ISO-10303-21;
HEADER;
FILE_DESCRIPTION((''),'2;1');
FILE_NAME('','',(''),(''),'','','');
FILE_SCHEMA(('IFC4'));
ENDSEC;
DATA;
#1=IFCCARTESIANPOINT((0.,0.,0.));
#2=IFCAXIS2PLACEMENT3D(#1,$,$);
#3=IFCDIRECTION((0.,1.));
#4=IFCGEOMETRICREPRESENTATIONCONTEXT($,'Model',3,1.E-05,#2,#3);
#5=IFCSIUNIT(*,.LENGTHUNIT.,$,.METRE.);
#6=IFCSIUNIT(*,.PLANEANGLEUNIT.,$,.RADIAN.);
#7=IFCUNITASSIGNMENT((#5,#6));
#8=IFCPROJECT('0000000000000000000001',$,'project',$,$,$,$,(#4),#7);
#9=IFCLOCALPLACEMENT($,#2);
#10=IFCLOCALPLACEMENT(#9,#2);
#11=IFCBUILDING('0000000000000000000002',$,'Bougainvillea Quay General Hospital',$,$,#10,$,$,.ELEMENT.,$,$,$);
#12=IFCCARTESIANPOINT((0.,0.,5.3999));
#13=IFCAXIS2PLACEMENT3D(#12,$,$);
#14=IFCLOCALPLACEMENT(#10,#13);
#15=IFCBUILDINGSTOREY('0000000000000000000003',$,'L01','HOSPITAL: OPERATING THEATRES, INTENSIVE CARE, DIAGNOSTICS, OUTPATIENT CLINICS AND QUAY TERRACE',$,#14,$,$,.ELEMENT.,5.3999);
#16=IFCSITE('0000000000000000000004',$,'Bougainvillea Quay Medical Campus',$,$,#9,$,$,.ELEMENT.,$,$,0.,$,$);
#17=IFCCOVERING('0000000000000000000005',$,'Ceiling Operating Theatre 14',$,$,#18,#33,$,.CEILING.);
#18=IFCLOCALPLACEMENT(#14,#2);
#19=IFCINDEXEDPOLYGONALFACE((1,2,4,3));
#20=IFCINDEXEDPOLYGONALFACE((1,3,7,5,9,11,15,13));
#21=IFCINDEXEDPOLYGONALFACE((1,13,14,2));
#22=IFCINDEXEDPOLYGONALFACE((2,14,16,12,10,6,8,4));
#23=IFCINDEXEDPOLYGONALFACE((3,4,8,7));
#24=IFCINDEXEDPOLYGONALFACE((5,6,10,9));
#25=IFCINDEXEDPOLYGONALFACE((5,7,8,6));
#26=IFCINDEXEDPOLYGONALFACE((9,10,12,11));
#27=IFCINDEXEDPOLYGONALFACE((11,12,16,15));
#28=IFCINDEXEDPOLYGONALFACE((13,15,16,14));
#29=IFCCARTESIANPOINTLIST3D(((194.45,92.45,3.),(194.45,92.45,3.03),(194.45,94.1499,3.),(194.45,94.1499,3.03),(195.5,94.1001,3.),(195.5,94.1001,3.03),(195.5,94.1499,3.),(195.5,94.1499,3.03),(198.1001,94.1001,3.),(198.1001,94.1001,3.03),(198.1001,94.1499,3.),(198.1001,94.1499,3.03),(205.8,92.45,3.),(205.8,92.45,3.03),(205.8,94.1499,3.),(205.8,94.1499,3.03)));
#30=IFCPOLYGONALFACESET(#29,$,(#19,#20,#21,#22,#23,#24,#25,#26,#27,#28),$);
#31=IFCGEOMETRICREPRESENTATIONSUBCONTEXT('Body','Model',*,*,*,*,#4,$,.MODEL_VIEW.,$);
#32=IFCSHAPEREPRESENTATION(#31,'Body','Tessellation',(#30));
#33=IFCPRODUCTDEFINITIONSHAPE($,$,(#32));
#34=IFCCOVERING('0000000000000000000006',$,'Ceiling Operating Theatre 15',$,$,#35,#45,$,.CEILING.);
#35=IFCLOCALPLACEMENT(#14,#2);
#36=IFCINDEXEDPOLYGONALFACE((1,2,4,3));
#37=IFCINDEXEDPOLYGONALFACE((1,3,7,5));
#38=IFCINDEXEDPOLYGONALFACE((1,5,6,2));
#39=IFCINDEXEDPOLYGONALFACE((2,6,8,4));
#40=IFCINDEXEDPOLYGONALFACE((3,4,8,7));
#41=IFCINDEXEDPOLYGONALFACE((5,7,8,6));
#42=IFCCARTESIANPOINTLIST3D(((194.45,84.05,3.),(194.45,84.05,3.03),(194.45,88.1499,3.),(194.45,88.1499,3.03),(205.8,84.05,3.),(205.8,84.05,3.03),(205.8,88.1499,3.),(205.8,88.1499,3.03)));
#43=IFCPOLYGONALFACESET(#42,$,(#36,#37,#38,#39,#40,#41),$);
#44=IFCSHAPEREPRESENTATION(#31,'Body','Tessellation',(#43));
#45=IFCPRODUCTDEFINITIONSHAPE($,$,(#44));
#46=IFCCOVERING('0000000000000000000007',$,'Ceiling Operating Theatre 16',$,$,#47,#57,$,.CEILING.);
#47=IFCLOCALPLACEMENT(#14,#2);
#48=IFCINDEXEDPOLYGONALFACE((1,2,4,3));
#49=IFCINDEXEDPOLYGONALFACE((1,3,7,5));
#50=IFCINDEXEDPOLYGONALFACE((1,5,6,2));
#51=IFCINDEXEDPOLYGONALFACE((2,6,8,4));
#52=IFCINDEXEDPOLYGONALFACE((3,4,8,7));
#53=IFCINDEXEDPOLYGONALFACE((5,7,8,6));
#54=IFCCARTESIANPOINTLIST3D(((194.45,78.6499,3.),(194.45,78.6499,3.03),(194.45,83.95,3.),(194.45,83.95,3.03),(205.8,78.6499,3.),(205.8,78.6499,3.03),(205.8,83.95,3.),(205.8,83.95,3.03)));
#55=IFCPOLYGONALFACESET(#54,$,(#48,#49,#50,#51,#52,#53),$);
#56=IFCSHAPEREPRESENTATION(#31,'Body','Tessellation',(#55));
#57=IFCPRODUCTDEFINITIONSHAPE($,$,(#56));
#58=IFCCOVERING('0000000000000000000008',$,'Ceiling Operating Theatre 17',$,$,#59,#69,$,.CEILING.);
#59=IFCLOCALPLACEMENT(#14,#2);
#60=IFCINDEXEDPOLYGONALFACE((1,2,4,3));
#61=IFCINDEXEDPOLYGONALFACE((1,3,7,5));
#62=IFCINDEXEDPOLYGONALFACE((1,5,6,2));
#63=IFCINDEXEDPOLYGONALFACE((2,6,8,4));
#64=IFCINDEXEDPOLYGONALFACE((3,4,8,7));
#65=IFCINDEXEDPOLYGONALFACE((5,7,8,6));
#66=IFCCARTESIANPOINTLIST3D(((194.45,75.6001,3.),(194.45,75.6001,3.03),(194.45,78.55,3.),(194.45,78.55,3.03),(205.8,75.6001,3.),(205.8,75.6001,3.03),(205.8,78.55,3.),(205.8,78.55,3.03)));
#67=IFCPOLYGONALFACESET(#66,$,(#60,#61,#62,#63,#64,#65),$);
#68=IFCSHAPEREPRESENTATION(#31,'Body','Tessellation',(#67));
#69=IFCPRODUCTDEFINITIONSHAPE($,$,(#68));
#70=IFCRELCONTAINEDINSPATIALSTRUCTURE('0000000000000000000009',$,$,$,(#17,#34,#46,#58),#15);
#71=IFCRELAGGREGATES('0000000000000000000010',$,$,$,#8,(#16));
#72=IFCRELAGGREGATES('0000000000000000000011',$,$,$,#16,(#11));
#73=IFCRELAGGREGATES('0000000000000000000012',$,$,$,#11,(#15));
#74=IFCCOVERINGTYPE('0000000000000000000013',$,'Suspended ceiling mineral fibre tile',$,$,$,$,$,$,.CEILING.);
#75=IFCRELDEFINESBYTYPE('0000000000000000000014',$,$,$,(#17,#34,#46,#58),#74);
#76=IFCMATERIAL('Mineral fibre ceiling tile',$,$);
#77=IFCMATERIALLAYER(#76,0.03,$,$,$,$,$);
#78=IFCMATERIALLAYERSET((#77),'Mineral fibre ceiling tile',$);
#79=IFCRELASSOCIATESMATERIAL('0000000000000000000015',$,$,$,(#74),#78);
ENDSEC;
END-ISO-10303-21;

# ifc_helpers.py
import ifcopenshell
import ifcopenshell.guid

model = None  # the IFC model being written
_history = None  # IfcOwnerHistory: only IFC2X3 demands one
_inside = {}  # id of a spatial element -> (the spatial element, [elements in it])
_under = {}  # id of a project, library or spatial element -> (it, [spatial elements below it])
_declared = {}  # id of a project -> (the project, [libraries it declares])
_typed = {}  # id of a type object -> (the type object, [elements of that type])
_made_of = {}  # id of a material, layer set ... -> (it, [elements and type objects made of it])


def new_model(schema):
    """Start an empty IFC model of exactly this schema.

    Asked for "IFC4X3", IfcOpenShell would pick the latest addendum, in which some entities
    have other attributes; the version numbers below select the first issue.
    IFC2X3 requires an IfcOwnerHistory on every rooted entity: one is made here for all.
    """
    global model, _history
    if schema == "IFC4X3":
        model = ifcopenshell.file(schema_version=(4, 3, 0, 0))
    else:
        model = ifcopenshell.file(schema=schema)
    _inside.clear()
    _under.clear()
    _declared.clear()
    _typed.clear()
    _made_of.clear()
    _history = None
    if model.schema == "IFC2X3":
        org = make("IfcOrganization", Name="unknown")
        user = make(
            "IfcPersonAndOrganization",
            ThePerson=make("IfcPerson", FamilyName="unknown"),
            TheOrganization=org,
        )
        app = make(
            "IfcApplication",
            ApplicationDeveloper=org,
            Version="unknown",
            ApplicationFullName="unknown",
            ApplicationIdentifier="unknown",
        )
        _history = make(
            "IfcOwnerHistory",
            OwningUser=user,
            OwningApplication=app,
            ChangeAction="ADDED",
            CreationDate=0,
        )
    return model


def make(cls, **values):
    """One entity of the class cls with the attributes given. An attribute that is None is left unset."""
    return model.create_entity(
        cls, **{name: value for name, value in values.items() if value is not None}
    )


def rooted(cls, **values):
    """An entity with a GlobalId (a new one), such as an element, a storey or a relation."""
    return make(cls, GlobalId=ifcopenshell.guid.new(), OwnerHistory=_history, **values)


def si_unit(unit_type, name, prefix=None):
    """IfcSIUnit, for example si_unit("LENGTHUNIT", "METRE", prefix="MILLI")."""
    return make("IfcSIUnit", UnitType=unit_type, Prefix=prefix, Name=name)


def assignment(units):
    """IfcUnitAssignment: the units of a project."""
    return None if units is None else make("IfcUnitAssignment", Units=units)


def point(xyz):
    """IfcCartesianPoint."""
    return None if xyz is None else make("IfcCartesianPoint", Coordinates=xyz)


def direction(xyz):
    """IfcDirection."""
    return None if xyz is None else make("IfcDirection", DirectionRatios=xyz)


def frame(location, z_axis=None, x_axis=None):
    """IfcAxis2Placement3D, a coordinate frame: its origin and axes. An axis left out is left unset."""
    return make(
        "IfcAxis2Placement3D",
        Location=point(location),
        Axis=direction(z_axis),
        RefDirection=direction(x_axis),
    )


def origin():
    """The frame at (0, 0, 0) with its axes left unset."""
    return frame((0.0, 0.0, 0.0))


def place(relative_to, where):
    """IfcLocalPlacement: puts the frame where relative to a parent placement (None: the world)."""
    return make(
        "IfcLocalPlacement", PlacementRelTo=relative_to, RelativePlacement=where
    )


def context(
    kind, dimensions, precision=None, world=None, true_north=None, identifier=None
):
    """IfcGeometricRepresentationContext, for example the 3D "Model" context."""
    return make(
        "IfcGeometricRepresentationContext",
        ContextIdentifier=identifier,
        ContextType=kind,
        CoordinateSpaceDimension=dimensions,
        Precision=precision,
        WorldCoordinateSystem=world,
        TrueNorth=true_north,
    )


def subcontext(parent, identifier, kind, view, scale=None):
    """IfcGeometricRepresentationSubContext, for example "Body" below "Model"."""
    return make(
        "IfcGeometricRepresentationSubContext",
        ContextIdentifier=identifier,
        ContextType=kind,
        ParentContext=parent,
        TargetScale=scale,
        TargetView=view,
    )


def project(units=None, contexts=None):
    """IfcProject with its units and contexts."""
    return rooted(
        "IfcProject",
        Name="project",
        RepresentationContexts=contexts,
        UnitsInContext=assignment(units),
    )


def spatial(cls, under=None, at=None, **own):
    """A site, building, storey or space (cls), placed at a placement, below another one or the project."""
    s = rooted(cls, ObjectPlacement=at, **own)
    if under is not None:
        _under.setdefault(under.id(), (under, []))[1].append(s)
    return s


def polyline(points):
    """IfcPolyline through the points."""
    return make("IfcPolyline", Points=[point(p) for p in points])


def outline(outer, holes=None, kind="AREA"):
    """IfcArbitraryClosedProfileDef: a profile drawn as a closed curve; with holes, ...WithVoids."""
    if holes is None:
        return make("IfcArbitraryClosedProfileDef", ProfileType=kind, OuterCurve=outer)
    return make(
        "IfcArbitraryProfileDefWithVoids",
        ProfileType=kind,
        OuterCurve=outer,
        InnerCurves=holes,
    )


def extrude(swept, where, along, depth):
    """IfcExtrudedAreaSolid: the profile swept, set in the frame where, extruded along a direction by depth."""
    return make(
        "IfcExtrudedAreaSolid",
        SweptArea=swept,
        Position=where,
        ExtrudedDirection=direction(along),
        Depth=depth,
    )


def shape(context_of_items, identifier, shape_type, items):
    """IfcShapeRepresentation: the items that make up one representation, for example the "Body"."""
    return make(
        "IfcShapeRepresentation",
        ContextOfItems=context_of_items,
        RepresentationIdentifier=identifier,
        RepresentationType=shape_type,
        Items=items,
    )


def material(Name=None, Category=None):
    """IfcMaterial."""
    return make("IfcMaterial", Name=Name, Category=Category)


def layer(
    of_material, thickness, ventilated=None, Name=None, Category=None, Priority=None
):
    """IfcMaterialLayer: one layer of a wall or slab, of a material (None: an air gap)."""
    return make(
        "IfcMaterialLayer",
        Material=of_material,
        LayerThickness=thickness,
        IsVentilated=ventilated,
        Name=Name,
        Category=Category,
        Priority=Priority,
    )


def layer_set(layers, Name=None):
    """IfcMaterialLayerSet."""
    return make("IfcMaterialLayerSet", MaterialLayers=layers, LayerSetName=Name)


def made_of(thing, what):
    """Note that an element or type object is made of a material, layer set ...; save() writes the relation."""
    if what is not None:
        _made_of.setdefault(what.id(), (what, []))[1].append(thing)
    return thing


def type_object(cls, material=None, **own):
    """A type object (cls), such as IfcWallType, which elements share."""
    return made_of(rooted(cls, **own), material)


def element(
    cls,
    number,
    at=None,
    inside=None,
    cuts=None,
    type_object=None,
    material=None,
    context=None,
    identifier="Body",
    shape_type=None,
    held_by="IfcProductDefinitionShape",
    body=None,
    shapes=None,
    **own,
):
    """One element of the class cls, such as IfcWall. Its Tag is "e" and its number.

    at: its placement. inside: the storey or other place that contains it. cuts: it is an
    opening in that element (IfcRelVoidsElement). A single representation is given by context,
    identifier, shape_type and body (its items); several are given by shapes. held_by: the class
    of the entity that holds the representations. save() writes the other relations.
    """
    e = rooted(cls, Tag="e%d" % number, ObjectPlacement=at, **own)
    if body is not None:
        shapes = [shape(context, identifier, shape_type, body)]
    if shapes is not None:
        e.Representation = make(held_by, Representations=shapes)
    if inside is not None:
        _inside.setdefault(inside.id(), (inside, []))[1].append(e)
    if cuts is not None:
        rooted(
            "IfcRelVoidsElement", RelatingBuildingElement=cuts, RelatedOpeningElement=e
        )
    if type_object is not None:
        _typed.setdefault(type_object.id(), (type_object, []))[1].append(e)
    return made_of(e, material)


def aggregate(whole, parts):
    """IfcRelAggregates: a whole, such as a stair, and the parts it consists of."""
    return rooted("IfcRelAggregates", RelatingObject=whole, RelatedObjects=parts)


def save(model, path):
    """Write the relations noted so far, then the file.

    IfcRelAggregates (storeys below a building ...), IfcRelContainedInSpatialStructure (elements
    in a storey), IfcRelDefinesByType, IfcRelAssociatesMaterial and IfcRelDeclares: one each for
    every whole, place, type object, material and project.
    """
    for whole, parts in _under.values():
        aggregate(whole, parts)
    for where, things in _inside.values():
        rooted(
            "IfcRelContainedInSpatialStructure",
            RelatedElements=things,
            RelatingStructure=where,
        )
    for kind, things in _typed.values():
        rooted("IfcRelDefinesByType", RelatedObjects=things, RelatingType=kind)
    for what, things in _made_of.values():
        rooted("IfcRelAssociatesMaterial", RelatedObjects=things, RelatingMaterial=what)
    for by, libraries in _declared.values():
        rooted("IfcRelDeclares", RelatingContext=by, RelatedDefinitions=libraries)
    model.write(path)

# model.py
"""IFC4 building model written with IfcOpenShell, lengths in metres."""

from ifc_helpers import new_model, si_unit, direction, frame, origin, place, context, subcontext, project, spatial, polyline, outline, extrude, material, layer, layer_set, type_object, element, save


model = new_model("IFC4")

# Units and contexts
model_context = context("Model", 3, precision=1e-05, world=origin(), true_north=direction((0.0, 1.0)))
body_context = subcontext(model_context, "Body", "Model", "MODEL_VIEW")
ifc_project = project(units=[si_unit("LENGTHUNIT", "METRE"), si_unit("PLANEANGLEUNIT", "RADIAN")], contexts=[model_context])

# Site, building, storey
site_placement = place(None, origin())
site = spatial("IfcSite", under=ifc_project, at=site_placement, Name="Bougainvillea Quay Medical Campus", CompositionType="ELEMENT", RefElevation=0.0)
building_placement = place(site_placement, origin())
building = spatial("IfcBuilding", under=site, at=building_placement, Name="Bougainvillea Quay General Hospital", CompositionType="ELEMENT")
storey_placement = place(building_placement, frame((0.0, 0.0, 5.3999)))
storey = spatial("IfcBuildingStorey", under=building, at=storey_placement, Name="L01", Description="HOSPITAL: OPERATING THEATRES, INTENSIVE CARE, DIAGNOSTICS, OUTPATIENT CLINICS AND QUAY TERRACE", CompositionType="ELEMENT", Elevation=5.3999)

# Coverings
ifc_material_1 = material(Name="Mineral fibre ceiling tile")
ifc_layer_1 = layer(ifc_material_1, 0.03)
ifc_layer_set_1 = layer_set([ifc_layer_1], Name="Mineral fibre ceiling tile")
covering_type = type_object("IfcCoveringType", Name="Suspended ceiling mineral fibre tile", PredefinedType="CEILING", material=ifc_layer_set_1)
covering_1_placement = place(storey_placement, frame((0.0, 0.0, 3.0)))
element("IfcCovering", 1, at=covering_1_placement, inside=storey, type_object=covering_type, Name="Ceiling Operating Theatre 14", PredefinedType="CEILING", context=body_context, shape_type="SweptSolid", body=[
    extrude(outline(polyline([(205.8, 94.1499), (198.1001, 94.1499), (198.1001, 94.1001), (195.5, 94.1001), (195.5, 94.1499), (194.45, 94.1499), (194.45, 92.45), (205.8, 92.45), (205.8, 94.1499)])), origin(), (0.0, 0.0, 1.0), 0.03),
])
covering_2_placement = place(storey_placement, frame((0.0, 0.0, 3.0)))
element("IfcCovering", 2, at=covering_2_placement, inside=storey, type_object=covering_type, Name="Ceiling Operating Theatre 15", PredefinedType="CEILING", context=body_context, shape_type="SweptSolid", body=[
    extrude(outline(polyline([(205.8, 88.1499), (194.45, 88.1499), (194.45, 84.05), (205.8, 84.05), (205.8, 88.1499)])), origin(), (0.0, 0.0, 1.0), 0.03),
])
covering_3_placement = place(storey_placement, frame((0.0, 0.0, 3.0)))
element("IfcCovering", 3, at=covering_3_placement, inside=storey, type_object=covering_type, Name="Ceiling Operating Theatre 16", PredefinedType="CEILING", context=body_context, shape_type="SweptSolid", body=[
    extrude(outline(polyline([(205.8, 83.95), (194.45, 83.95), (194.45, 78.6499), (205.8, 78.6499), (205.8, 83.95)])), origin(), (0.0, 0.0, 1.0), 0.03),
])
covering_4_placement = place(storey_placement, frame((0.0, 0.0, 3.0)))
element("IfcCovering", 4, at=covering_4_placement, inside=storey, type_object=covering_type, Name="Ceiling Operating Theatre 17", PredefinedType="CEILING", context=body_context, shape_type="SweptSolid", body=[
    extrude(outline(polyline([(205.8, 78.55), (194.45, 78.55), (194.45, 75.6001), (205.8, 75.6001), (205.8, 78.55)])), origin(), (0.0, 0.0, 1.0), 0.03),
])

save(model, "model.ifc")
